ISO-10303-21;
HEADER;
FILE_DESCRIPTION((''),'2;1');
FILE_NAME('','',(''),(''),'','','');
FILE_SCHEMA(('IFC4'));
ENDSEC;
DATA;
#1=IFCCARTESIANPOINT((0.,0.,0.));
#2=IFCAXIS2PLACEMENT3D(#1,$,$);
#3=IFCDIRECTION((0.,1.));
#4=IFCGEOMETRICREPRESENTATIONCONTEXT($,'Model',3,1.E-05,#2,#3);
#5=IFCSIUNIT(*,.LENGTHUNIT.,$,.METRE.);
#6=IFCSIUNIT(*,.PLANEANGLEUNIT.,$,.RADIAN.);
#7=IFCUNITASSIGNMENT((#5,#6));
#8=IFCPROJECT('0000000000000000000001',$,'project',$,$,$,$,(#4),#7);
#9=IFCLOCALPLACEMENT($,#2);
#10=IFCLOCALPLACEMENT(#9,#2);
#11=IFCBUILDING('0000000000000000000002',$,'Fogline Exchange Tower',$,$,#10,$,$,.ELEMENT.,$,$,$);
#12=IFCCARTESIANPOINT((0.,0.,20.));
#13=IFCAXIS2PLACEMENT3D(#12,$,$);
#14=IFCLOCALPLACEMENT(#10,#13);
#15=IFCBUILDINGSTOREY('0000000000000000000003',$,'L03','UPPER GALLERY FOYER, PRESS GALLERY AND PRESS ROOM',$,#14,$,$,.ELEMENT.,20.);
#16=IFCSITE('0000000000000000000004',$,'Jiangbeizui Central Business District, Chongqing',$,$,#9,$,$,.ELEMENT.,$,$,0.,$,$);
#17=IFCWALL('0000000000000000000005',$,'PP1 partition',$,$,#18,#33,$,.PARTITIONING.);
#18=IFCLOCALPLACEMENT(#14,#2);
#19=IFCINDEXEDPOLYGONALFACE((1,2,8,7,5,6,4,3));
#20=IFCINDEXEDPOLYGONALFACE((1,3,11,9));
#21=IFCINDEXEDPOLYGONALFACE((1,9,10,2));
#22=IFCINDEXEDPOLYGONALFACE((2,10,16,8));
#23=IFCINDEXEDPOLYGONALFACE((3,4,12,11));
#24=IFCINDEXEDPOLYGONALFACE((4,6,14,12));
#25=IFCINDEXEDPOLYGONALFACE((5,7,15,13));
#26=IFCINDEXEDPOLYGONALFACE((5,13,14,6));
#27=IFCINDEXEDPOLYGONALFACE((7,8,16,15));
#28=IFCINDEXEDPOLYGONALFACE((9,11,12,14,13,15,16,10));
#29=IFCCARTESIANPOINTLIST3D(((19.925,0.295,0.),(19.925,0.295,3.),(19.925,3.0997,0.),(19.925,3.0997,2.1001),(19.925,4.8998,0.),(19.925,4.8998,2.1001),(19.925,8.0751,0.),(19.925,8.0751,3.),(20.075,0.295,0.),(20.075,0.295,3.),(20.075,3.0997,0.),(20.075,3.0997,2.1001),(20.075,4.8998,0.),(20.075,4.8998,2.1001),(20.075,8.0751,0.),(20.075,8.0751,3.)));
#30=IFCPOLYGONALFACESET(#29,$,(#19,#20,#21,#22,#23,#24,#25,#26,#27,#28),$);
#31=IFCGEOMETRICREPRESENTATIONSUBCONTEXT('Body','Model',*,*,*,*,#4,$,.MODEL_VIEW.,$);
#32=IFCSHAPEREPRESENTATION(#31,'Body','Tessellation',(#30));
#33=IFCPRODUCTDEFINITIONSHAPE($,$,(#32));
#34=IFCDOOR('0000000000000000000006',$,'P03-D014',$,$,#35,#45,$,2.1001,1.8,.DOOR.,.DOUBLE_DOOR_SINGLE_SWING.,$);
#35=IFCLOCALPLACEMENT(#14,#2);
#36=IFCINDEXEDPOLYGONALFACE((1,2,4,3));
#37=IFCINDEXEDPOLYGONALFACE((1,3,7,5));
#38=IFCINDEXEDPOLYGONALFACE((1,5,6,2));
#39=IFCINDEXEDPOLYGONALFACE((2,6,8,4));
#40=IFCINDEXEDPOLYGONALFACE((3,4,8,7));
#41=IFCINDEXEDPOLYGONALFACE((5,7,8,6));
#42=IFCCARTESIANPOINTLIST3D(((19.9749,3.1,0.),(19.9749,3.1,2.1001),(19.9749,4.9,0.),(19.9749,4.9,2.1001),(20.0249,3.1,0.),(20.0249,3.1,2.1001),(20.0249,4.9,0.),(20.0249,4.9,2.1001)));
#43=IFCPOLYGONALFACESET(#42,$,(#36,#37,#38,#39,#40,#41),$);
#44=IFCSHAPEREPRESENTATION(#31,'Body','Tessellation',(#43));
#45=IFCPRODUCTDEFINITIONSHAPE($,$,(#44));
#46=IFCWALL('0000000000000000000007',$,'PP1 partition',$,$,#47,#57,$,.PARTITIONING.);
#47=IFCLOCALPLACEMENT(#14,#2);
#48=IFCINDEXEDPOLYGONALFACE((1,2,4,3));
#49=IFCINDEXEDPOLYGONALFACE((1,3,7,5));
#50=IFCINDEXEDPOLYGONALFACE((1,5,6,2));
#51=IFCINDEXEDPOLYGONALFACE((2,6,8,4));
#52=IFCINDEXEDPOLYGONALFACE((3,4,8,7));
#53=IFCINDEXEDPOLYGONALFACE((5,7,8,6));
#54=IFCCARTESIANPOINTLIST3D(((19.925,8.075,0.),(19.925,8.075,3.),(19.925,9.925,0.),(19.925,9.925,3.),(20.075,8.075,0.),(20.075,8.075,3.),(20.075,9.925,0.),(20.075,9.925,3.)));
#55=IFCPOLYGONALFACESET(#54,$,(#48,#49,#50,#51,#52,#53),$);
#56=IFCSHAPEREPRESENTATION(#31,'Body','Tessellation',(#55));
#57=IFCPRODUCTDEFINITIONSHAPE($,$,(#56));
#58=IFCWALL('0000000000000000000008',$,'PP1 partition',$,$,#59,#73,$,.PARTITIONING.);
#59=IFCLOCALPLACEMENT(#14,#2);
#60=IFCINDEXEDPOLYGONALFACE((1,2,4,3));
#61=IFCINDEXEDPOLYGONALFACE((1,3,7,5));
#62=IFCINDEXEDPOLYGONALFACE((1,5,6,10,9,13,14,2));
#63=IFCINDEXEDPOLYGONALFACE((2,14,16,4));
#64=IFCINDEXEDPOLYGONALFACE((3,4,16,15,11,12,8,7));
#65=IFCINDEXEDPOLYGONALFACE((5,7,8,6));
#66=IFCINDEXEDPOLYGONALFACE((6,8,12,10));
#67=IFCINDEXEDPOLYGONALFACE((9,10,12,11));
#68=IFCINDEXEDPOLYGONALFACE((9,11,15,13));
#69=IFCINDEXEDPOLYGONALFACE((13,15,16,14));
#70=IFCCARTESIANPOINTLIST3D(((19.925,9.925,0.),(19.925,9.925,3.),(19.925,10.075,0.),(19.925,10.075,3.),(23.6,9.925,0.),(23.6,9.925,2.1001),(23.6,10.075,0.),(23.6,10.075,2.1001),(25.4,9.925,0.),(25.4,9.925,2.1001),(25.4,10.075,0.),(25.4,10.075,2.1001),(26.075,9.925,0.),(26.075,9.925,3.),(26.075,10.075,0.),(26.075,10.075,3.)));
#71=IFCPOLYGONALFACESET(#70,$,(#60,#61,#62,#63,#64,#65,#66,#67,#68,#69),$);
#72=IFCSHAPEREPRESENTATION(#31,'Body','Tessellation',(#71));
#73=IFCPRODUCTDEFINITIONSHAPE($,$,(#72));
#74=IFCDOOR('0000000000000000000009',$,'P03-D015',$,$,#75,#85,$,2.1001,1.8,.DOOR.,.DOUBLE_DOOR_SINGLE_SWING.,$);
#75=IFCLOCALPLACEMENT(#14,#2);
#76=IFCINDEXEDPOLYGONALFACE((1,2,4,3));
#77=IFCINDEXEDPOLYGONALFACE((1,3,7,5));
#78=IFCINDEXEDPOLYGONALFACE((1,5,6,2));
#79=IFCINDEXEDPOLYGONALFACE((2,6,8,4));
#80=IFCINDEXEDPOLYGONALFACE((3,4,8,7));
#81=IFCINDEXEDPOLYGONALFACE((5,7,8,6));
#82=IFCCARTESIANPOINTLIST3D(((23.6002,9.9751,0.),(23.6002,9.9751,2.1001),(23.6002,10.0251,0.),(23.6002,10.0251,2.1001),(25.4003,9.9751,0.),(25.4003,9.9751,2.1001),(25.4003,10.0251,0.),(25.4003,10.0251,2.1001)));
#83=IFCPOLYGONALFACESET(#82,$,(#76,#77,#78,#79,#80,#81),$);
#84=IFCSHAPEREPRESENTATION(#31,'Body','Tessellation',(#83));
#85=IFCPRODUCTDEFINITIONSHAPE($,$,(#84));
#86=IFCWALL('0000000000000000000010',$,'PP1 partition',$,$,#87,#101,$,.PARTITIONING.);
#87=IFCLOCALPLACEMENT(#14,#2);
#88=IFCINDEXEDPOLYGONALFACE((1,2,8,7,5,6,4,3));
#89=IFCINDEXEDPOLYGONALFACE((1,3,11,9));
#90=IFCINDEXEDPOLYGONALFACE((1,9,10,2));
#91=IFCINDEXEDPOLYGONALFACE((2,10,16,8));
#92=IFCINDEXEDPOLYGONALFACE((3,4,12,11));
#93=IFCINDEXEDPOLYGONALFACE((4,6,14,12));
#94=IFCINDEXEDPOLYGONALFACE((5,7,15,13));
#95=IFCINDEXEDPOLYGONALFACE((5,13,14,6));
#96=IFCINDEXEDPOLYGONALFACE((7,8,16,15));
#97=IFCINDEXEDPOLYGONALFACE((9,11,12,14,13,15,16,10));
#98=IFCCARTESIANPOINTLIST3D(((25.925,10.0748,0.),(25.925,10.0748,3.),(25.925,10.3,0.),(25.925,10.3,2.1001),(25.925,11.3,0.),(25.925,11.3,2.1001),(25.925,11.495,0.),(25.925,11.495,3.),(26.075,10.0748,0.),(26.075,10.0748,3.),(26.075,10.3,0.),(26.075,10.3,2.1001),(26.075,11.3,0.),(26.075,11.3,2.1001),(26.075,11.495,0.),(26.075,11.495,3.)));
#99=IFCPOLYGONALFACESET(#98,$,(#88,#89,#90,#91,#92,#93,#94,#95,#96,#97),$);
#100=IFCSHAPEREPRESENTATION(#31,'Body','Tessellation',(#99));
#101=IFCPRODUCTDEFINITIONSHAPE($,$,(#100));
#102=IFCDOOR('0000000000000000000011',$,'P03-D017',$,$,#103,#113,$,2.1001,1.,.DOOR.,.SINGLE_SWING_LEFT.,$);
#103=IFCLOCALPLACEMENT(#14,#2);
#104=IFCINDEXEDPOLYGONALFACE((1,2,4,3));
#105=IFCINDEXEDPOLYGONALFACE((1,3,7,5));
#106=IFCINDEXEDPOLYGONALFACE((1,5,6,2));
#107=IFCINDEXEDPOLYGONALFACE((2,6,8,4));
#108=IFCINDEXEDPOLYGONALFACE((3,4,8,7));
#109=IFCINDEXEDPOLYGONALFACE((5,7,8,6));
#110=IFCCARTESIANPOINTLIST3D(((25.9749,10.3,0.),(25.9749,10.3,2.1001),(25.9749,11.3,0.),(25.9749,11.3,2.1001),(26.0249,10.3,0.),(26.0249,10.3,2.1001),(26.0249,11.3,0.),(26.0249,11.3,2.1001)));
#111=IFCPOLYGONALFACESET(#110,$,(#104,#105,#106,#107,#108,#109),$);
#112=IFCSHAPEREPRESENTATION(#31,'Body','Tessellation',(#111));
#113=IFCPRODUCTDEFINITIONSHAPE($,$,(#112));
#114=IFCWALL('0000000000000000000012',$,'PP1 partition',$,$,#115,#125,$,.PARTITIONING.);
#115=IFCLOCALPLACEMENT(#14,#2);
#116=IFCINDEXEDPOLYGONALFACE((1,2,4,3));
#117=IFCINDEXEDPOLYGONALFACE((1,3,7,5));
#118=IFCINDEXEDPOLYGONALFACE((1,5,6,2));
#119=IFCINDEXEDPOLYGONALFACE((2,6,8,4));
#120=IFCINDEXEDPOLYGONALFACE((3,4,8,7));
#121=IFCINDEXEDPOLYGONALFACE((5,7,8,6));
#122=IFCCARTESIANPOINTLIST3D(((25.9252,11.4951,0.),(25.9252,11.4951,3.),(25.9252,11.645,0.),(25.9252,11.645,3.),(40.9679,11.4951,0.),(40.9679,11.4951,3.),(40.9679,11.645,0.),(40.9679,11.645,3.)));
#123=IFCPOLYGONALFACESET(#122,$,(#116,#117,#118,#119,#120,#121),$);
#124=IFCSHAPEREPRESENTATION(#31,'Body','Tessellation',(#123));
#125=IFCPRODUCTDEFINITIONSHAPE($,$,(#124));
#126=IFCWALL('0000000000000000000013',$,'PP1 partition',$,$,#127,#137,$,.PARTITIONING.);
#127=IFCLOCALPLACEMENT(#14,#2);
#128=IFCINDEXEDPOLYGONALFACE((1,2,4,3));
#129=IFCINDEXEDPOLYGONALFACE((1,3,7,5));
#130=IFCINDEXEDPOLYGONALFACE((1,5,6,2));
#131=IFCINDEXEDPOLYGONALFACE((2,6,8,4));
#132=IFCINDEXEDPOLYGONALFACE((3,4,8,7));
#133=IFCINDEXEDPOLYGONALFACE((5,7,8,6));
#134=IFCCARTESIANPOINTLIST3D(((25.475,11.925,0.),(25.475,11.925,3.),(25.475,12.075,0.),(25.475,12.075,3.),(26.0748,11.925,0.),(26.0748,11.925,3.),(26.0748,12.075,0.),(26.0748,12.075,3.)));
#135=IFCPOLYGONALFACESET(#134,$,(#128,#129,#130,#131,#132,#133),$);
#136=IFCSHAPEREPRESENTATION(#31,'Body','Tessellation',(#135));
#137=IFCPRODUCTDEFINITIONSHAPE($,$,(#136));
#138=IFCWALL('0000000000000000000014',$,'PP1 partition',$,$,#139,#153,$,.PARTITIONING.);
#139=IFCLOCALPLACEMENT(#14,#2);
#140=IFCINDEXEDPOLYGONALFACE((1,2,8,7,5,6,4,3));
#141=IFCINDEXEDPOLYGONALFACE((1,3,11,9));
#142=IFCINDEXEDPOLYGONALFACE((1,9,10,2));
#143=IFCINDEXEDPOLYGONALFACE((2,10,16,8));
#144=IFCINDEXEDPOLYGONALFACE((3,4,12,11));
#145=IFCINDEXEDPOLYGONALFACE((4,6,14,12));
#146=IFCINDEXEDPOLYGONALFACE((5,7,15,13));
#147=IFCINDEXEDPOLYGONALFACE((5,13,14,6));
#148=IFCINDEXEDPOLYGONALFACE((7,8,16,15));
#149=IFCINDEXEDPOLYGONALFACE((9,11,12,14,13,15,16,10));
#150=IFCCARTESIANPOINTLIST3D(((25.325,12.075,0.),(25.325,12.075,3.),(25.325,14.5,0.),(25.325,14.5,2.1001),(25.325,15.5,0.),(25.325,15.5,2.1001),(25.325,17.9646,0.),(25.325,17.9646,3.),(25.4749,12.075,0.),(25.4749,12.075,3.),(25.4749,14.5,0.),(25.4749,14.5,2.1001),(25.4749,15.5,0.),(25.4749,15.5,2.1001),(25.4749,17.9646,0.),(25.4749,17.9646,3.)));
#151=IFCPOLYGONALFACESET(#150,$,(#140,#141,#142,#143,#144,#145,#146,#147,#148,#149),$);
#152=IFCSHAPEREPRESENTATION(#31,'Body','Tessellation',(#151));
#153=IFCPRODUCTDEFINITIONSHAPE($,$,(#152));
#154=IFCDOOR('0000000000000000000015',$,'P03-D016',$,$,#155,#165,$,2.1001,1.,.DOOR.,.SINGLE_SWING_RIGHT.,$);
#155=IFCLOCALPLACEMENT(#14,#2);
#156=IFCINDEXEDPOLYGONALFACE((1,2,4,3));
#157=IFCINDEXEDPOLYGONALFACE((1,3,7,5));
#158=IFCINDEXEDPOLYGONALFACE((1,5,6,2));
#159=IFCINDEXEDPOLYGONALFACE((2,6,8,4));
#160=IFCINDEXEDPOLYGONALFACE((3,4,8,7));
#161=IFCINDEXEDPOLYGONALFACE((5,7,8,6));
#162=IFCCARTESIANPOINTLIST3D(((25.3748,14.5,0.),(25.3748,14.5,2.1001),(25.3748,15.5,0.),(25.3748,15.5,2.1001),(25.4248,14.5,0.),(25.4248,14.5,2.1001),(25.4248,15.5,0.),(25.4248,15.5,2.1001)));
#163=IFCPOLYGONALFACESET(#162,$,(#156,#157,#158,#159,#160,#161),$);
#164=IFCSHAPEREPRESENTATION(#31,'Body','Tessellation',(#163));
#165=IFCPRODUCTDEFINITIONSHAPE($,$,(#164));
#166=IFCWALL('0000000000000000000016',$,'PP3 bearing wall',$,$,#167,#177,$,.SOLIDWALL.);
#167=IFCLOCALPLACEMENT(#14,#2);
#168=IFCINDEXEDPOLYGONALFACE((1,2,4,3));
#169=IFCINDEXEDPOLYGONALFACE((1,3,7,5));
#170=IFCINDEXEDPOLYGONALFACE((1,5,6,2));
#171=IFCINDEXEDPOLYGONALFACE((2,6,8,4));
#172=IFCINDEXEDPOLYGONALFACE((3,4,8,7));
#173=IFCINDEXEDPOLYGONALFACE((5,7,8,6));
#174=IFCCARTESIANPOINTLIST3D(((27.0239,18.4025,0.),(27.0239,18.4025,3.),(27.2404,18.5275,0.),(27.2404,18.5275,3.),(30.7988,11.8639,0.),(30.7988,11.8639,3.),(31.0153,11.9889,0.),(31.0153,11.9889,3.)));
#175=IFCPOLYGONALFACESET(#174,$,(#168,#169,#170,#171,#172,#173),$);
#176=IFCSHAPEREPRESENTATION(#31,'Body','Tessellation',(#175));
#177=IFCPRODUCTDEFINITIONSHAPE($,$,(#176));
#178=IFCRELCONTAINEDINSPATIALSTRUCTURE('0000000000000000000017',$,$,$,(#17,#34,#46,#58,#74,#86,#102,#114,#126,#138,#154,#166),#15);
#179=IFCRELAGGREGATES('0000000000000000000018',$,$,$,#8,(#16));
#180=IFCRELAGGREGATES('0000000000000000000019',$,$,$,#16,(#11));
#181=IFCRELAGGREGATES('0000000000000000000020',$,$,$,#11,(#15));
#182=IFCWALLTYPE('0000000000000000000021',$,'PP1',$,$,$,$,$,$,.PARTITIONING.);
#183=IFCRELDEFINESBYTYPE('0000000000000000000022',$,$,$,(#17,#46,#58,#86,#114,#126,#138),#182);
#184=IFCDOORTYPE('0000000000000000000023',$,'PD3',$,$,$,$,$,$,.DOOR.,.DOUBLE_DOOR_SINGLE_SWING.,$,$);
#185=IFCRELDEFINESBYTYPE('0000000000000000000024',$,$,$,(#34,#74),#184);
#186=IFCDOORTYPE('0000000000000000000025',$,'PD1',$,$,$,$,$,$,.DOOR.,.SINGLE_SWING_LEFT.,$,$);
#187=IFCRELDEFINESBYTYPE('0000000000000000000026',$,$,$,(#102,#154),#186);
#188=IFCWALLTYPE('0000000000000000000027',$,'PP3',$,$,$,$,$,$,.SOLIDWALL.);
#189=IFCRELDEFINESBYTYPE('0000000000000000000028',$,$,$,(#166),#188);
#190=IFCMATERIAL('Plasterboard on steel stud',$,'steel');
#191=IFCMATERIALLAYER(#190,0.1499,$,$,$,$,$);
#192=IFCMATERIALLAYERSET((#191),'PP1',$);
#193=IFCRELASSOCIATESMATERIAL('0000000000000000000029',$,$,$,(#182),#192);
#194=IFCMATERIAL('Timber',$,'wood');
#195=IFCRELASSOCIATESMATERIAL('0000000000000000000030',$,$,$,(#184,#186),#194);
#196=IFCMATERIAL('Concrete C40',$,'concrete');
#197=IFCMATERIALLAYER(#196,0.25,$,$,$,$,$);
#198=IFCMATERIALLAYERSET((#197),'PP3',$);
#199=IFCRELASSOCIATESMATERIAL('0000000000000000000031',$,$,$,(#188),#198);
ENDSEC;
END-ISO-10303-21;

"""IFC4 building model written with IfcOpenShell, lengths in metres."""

from ifc_helpers import new_model, si_unit, direction, frame, frame_2d, origin, place, context, subcontext, project, spatial, rectangle, extrude, material, layer, layer_set, type_object, element, fill, save


model = new_model("IFC4")

# Units and contexts
model_context = context("Model", 3, precision=1e-05, world=origin(), true_north=direction((0.0, 1.0)))
body_context = subcontext(model_context, "Body", "Model", "MODEL_VIEW")
ifc_project = project(units=[si_unit("LENGTHUNIT", "METRE"), si_unit("PLANEANGLEUNIT", "RADIAN")], contexts=[model_context])

# Site, building, storey
site_placement = place(None, origin())
site = spatial("IfcSite", under=ifc_project, at=site_placement, Name="Jiangbeizui Central Business District, Chongqing", CompositionType="ELEMENT", RefElevation=0.0)
building_placement = place(site_placement, origin())
building = spatial("IfcBuilding", under=site, at=building_placement, Name="Fogline Exchange Tower", CompositionType="ELEMENT")
storey_placement = place(building_placement, frame((0.0, 0.0, 20.0)))
storey = spatial("IfcBuildingStorey", under=building, at=storey_placement, Name="L03", Description="UPPER GALLERY FOYER, PRESS GALLERY AND PRESS ROOM", CompositionType="ELEMENT", Elevation=20.0)

# Wall, opening, door
ifc_material_1 = material(Name="Plasterboard on steel stud", Category="steel")
ifc_layer_1 = layer(ifc_material_1, 0.1499)
ifc_layer_set_1 = layer_set([ifc_layer_1], Name="PP1")
wall_type_1 = type_object("IfcWallType", Name="PP1", PredefinedType="PARTITIONING", material=ifc_layer_set_1)
wall_1_placement = place(storey_placement, frame((20.0, 0.2949, 0.0), z_axis=(0.0, 0.0, 1.0), x_axis=(0.0, 1.0, 0.0)))
wall_1 = element("IfcWall", 1, at=wall_1_placement, inside=storey, type_object=wall_type_1, Name="PP1 partition", PredefinedType="PARTITIONING", context=body_context, shape_type="SweptSolid", body=[
    extrude(rectangle(XDim=7.78, YDim=0.1499, at=frame_2d((3.8901, 0.0))), origin(), (0.0, 0.0, 1.0), 3.0),
])
opening_1_placement = place(wall_1_placement, frame((2.8049, 0.0, 0.0)))
opening_1 = element("IfcOpeningElement", 2, at=opening_1_placement, cuts=wall_1, PredefinedType="OPENING", context=body_context, shape_type="SweptSolid", body=[
    extrude(rectangle(XDim=1.8, YDim=2.1001, at=frame_2d((0.8999, 1.05))), frame((0.0, 0.085, 0.0), z_axis=(0.0, -1.0, 0.0), x_axis=(1.0, 0.0, 0.0)), (0.0, 0.0, 1.0), 0.1699),
])
ifc_material_2 = material(Name="Timber", Category="wood")
door_type_1 = type_object("IfcDoorType", Name="PD3", OperationType="DOUBLE_DOOR_SINGLE_SWING", PredefinedType="DOOR", material=ifc_material_2)
door_1_placement = place(opening_1_placement, frame((1.8, 0.0, 0.0), z_axis=(0.0, 0.0, 1.0), x_axis=(-1.0, 0.0, 0.0)))
door_1 = element("IfcDoor", 3, at=door_1_placement, inside=storey, type_object=door_type_1, Name="P03-D014", OperationType="DOUBLE_DOOR_SINGLE_SWING", OverallHeight=2.1001, OverallWidth=1.8, PredefinedType="DOOR", context=body_context, shape_type="SweptSolid", body=[
    extrude(rectangle(XDim=1.8, YDim=2.1001, at=frame_2d((0.8999, 1.05))), frame((0.0, 0.0249, 0.0), z_axis=(0.0, -1.0, 0.0), x_axis=(1.0, 0.0, 0.0)), (0.0, 0.0, 1.0), 0.05),
])
fill(opening_1, door_1)

# Wall
wall_2_placement = place(storey_placement, frame((20.0, 8.075, 0.0), z_axis=(0.0, 0.0, 1.0), x_axis=(0.0, 1.0, 0.0)))
element("IfcWall", 4, at=wall_2_placement, inside=storey, type_object=wall_type_1, Name="PP1 partition", PredefinedType="PARTITIONING", context=body_context, shape_type="SweptSolid", body=[
    extrude(rectangle(XDim=1.8501, YDim=0.1499, at=frame_2d((0.925, 0.0))), origin(), (0.0, 0.0, 1.0), 3.0),
])

# Walls, openings, doors
wall_3_placement = place(storey_placement, frame((19.925, 10.0, 0.0), z_axis=(0.0, 0.0, 1.0), x_axis=(1.0, 0.0, 0.0)))
wall_3 = element("IfcWall", 5, at=wall_3_placement, inside=storey, type_object=wall_type_1, Name="PP1 partition", PredefinedType="PARTITIONING", context=body_context, shape_type="SweptSolid", body=[
    extrude(rectangle(XDim=6.1499, YDim=0.1499, at=frame_2d((3.075, 0.0))), origin(), (0.0, 0.0, 1.0), 3.0),
])
opening_2_placement = place(wall_3_placement, frame((3.675, 0.0, 0.0)))
opening_2 = element("IfcOpeningElement", 6, at=opening_2_placement, cuts=wall_3, PredefinedType="OPENING", context=body_context, shape_type="SweptSolid", body=[
    extrude(rectangle(XDim=1.8, YDim=2.1001, at=frame_2d((0.8999, 1.05))), frame((0.0, 0.085, 0.0), z_axis=(0.0, -1.0, 0.0), x_axis=(1.0, 0.0, 0.0)), (0.0, 0.0, 1.0), 0.1699),
])
door_2_placement = place(opening_2_placement, frame((1.8, 0.0, 0.0), z_axis=(0.0, 0.0, 1.0), x_axis=(-1.0, 0.0, 0.0)))
door_2 = element("IfcDoor", 7, at=door_2_placement, inside=storey, type_object=door_type_1, Name="P03-D015", OperationType="DOUBLE_DOOR_SINGLE_SWING", OverallHeight=2.1001, OverallWidth=1.8, PredefinedType="DOOR", context=body_context, shape_type="SweptSolid", body=[
    extrude(rectangle(XDim=1.8, YDim=2.1001, at=frame_2d((0.8999, 1.05))), frame((0.0, 0.0249, 0.0), z_axis=(0.0, -1.0, 0.0), x_axis=(1.0, 0.0, 0.0)), (0.0, 0.0, 1.0), 0.05),
])
fill(opening_2, door_2)
wall_4_placement = place(storey_placement, frame((26.0, 10.075, 0.0), z_axis=(0.0, 0.0, 1.0), x_axis=(0.0, 1.0, 0.0)))
wall_4 = element("IfcWall", 8, at=wall_4_placement, inside=storey, type_object=wall_type_1, Name="PP1 partition", PredefinedType="PARTITIONING", context=body_context, shape_type="SweptSolid", body=[
    extrude(rectangle(XDim=1.4202, YDim=0.1499, at=frame_2d((0.71, 0.0))), origin(), (0.0, 0.0, 1.0), 3.0),
])
opening_3_placement = place(wall_4_placement, frame((0.2251, 0.0, 0.0)))
opening_3 = element("IfcOpeningElement", 9, at=opening_3_placement, cuts=wall_4, PredefinedType="OPENING", context=body_context, shape_type="SweptSolid", body=[
    extrude(rectangle(XDim=1.0, YDim=2.1001, at=frame_2d((0.5, 1.05))), frame((0.0, 0.085, 0.0), z_axis=(0.0, -1.0, 0.0), x_axis=(1.0, 0.0, 0.0)), (0.0, 0.0, 1.0), 0.1699),
])
door_type_2 = type_object("IfcDoorType", Name="PD1", OperationType="SINGLE_SWING_LEFT", PredefinedType="DOOR", material=ifc_material_2)
door_3_placement = place(opening_3_placement, frame((1.0, 0.0, 0.0), z_axis=(0.0, 0.0, 1.0), x_axis=(-1.0, 0.0, 0.0)))
door_3 = element("IfcDoor", 10, at=door_3_placement, inside=storey, type_object=door_type_2, Name="P03-D017", OperationType="SINGLE_SWING_LEFT", OverallHeight=2.1001, OverallWidth=1.0, PredefinedType="DOOR", context=body_context, shape_type="SweptSolid", body=[
    extrude(rectangle(XDim=1.0, YDim=2.1001, at=frame_2d((0.5, 1.05))), frame((0.0, 0.0249, 0.0), z_axis=(0.0, -1.0, 0.0), x_axis=(1.0, 0.0, 0.0)), (0.0, 0.0, 1.0), 0.05),
])
fill(opening_3, door_3)

# Walls
wall_5_placement = place(storey_placement, frame((25.925, 11.5701, 0.0), z_axis=(0.0, 0.0, 1.0), x_axis=(1.0, 0.0, 0.0)))
element("IfcWall", 11, at=wall_5_placement, inside=storey, type_object=wall_type_1, Name="PP1 partition", PredefinedType="PARTITIONING", context=body_context, shape_type="SweptSolid", body=[
    extrude(rectangle(XDim=15.0427, YDim=0.1499, at=frame_2d((7.5215, 0.0))), origin(), (0.0, 0.0, 1.0), 3.0),
])
wall_6_placement = place(storey_placement, frame((25.4751, 12.0, 0.0), z_axis=(0.0, 0.0, 1.0), x_axis=(1.0, 0.0, 0.0)))
element("IfcWall", 12, at=wall_6_placement, inside=storey, type_object=wall_type_1, Name="PP1 partition", PredefinedType="PARTITIONING", context=body_context, shape_type="SweptSolid", body=[
    extrude(rectangle(XDim=0.5999, YDim=0.1499, at=frame_2d((0.2998, 0.0))), origin(), (0.0, 0.0, 1.0), 3.0),
])

# Wall, opening, door
wall_7_placement = place(storey_placement, frame((25.3999, 17.9646, 0.0), z_axis=(0.0, 0.0, 1.0), x_axis=(0.0, -1.0, 0.0)))
wall_7 = element("IfcWall", 13, at=wall_7_placement, inside=storey, type_object=wall_type_1, Name="PP1 partition", PredefinedType="PARTITIONING", context=body_context, shape_type="SweptSolid", body=[
    extrude(rectangle(XDim=5.8896, YDim=0.1499, at=frame_2d((2.9448, 0.0))), origin(), (0.0, 0.0, 1.0), 3.0),
])
opening_4_placement = place(wall_7_placement, frame((2.4646, 0.0, 0.0)))
opening_4 = element("IfcOpeningElement", 14, at=opening_4_placement, cuts=wall_7, PredefinedType="OPENING", context=body_context, shape_type="SweptSolid", body=[
    extrude(rectangle(XDim=1.0, YDim=2.1001, at=frame_2d((0.5, 1.05))), frame((0.0, 0.085, 0.0), z_axis=(0.0, -1.0, 0.0), x_axis=(1.0, 0.0, 0.0)), (0.0, 0.0, 1.0), 0.1699),
])
door_4_placement = place(opening_4_placement, origin())
door_4 = element("IfcDoor", 15, at=door_4_placement, inside=storey, type_object=door_type_2, Name="P03-D016", OperationType="SINGLE_SWING_RIGHT", OverallHeight=2.1001, OverallWidth=1.0, PredefinedType="DOOR", context=body_context, shape_type="SweptSolid", body=[
    extrude(rectangle(XDim=1.0, YDim=2.1001, at=frame_2d((0.5, 1.05))), frame((0.0, 0.0249, 0.0), z_axis=(0.0, -1.0, 0.0), x_axis=(1.0, 0.0, 0.0)), (0.0, 0.0, 1.0), 0.05),
])
fill(opening_4, door_4)

# Wall
ifc_material_3 = material(Name="Concrete C40", Category="concrete")
ifc_layer_2 = layer(ifc_material_3, 0.25)
ifc_layer_set_2 = layer_set([ifc_layer_2], Name="PP3")
wall_type_2 = type_object("IfcWallType", Name="PP3", PredefinedType="SOLIDWALL", material=ifc_layer_set_2)
wall_8_placement = place(storey_placement, frame((30.907, 11.9265, 0.0), z_axis=(0.0, 0.0, 1.0), x_axis=(-0.499986, 0.866034, 0.0)))
element("IfcWall", 16, at=wall_8_placement, inside=storey, type_object=wall_type_2, Name="PP3 bearing wall", PredefinedType="SOLIDWALL", context=body_context, shape_type="SweptSolid", body=[
    extrude(rectangle(XDim=7.55, YDim=0.25, at=frame_2d((3.7749, 0.0))), origin(), (0.0, 0.0, 1.0), 3.0),
])

save(model, "model.ifc")
